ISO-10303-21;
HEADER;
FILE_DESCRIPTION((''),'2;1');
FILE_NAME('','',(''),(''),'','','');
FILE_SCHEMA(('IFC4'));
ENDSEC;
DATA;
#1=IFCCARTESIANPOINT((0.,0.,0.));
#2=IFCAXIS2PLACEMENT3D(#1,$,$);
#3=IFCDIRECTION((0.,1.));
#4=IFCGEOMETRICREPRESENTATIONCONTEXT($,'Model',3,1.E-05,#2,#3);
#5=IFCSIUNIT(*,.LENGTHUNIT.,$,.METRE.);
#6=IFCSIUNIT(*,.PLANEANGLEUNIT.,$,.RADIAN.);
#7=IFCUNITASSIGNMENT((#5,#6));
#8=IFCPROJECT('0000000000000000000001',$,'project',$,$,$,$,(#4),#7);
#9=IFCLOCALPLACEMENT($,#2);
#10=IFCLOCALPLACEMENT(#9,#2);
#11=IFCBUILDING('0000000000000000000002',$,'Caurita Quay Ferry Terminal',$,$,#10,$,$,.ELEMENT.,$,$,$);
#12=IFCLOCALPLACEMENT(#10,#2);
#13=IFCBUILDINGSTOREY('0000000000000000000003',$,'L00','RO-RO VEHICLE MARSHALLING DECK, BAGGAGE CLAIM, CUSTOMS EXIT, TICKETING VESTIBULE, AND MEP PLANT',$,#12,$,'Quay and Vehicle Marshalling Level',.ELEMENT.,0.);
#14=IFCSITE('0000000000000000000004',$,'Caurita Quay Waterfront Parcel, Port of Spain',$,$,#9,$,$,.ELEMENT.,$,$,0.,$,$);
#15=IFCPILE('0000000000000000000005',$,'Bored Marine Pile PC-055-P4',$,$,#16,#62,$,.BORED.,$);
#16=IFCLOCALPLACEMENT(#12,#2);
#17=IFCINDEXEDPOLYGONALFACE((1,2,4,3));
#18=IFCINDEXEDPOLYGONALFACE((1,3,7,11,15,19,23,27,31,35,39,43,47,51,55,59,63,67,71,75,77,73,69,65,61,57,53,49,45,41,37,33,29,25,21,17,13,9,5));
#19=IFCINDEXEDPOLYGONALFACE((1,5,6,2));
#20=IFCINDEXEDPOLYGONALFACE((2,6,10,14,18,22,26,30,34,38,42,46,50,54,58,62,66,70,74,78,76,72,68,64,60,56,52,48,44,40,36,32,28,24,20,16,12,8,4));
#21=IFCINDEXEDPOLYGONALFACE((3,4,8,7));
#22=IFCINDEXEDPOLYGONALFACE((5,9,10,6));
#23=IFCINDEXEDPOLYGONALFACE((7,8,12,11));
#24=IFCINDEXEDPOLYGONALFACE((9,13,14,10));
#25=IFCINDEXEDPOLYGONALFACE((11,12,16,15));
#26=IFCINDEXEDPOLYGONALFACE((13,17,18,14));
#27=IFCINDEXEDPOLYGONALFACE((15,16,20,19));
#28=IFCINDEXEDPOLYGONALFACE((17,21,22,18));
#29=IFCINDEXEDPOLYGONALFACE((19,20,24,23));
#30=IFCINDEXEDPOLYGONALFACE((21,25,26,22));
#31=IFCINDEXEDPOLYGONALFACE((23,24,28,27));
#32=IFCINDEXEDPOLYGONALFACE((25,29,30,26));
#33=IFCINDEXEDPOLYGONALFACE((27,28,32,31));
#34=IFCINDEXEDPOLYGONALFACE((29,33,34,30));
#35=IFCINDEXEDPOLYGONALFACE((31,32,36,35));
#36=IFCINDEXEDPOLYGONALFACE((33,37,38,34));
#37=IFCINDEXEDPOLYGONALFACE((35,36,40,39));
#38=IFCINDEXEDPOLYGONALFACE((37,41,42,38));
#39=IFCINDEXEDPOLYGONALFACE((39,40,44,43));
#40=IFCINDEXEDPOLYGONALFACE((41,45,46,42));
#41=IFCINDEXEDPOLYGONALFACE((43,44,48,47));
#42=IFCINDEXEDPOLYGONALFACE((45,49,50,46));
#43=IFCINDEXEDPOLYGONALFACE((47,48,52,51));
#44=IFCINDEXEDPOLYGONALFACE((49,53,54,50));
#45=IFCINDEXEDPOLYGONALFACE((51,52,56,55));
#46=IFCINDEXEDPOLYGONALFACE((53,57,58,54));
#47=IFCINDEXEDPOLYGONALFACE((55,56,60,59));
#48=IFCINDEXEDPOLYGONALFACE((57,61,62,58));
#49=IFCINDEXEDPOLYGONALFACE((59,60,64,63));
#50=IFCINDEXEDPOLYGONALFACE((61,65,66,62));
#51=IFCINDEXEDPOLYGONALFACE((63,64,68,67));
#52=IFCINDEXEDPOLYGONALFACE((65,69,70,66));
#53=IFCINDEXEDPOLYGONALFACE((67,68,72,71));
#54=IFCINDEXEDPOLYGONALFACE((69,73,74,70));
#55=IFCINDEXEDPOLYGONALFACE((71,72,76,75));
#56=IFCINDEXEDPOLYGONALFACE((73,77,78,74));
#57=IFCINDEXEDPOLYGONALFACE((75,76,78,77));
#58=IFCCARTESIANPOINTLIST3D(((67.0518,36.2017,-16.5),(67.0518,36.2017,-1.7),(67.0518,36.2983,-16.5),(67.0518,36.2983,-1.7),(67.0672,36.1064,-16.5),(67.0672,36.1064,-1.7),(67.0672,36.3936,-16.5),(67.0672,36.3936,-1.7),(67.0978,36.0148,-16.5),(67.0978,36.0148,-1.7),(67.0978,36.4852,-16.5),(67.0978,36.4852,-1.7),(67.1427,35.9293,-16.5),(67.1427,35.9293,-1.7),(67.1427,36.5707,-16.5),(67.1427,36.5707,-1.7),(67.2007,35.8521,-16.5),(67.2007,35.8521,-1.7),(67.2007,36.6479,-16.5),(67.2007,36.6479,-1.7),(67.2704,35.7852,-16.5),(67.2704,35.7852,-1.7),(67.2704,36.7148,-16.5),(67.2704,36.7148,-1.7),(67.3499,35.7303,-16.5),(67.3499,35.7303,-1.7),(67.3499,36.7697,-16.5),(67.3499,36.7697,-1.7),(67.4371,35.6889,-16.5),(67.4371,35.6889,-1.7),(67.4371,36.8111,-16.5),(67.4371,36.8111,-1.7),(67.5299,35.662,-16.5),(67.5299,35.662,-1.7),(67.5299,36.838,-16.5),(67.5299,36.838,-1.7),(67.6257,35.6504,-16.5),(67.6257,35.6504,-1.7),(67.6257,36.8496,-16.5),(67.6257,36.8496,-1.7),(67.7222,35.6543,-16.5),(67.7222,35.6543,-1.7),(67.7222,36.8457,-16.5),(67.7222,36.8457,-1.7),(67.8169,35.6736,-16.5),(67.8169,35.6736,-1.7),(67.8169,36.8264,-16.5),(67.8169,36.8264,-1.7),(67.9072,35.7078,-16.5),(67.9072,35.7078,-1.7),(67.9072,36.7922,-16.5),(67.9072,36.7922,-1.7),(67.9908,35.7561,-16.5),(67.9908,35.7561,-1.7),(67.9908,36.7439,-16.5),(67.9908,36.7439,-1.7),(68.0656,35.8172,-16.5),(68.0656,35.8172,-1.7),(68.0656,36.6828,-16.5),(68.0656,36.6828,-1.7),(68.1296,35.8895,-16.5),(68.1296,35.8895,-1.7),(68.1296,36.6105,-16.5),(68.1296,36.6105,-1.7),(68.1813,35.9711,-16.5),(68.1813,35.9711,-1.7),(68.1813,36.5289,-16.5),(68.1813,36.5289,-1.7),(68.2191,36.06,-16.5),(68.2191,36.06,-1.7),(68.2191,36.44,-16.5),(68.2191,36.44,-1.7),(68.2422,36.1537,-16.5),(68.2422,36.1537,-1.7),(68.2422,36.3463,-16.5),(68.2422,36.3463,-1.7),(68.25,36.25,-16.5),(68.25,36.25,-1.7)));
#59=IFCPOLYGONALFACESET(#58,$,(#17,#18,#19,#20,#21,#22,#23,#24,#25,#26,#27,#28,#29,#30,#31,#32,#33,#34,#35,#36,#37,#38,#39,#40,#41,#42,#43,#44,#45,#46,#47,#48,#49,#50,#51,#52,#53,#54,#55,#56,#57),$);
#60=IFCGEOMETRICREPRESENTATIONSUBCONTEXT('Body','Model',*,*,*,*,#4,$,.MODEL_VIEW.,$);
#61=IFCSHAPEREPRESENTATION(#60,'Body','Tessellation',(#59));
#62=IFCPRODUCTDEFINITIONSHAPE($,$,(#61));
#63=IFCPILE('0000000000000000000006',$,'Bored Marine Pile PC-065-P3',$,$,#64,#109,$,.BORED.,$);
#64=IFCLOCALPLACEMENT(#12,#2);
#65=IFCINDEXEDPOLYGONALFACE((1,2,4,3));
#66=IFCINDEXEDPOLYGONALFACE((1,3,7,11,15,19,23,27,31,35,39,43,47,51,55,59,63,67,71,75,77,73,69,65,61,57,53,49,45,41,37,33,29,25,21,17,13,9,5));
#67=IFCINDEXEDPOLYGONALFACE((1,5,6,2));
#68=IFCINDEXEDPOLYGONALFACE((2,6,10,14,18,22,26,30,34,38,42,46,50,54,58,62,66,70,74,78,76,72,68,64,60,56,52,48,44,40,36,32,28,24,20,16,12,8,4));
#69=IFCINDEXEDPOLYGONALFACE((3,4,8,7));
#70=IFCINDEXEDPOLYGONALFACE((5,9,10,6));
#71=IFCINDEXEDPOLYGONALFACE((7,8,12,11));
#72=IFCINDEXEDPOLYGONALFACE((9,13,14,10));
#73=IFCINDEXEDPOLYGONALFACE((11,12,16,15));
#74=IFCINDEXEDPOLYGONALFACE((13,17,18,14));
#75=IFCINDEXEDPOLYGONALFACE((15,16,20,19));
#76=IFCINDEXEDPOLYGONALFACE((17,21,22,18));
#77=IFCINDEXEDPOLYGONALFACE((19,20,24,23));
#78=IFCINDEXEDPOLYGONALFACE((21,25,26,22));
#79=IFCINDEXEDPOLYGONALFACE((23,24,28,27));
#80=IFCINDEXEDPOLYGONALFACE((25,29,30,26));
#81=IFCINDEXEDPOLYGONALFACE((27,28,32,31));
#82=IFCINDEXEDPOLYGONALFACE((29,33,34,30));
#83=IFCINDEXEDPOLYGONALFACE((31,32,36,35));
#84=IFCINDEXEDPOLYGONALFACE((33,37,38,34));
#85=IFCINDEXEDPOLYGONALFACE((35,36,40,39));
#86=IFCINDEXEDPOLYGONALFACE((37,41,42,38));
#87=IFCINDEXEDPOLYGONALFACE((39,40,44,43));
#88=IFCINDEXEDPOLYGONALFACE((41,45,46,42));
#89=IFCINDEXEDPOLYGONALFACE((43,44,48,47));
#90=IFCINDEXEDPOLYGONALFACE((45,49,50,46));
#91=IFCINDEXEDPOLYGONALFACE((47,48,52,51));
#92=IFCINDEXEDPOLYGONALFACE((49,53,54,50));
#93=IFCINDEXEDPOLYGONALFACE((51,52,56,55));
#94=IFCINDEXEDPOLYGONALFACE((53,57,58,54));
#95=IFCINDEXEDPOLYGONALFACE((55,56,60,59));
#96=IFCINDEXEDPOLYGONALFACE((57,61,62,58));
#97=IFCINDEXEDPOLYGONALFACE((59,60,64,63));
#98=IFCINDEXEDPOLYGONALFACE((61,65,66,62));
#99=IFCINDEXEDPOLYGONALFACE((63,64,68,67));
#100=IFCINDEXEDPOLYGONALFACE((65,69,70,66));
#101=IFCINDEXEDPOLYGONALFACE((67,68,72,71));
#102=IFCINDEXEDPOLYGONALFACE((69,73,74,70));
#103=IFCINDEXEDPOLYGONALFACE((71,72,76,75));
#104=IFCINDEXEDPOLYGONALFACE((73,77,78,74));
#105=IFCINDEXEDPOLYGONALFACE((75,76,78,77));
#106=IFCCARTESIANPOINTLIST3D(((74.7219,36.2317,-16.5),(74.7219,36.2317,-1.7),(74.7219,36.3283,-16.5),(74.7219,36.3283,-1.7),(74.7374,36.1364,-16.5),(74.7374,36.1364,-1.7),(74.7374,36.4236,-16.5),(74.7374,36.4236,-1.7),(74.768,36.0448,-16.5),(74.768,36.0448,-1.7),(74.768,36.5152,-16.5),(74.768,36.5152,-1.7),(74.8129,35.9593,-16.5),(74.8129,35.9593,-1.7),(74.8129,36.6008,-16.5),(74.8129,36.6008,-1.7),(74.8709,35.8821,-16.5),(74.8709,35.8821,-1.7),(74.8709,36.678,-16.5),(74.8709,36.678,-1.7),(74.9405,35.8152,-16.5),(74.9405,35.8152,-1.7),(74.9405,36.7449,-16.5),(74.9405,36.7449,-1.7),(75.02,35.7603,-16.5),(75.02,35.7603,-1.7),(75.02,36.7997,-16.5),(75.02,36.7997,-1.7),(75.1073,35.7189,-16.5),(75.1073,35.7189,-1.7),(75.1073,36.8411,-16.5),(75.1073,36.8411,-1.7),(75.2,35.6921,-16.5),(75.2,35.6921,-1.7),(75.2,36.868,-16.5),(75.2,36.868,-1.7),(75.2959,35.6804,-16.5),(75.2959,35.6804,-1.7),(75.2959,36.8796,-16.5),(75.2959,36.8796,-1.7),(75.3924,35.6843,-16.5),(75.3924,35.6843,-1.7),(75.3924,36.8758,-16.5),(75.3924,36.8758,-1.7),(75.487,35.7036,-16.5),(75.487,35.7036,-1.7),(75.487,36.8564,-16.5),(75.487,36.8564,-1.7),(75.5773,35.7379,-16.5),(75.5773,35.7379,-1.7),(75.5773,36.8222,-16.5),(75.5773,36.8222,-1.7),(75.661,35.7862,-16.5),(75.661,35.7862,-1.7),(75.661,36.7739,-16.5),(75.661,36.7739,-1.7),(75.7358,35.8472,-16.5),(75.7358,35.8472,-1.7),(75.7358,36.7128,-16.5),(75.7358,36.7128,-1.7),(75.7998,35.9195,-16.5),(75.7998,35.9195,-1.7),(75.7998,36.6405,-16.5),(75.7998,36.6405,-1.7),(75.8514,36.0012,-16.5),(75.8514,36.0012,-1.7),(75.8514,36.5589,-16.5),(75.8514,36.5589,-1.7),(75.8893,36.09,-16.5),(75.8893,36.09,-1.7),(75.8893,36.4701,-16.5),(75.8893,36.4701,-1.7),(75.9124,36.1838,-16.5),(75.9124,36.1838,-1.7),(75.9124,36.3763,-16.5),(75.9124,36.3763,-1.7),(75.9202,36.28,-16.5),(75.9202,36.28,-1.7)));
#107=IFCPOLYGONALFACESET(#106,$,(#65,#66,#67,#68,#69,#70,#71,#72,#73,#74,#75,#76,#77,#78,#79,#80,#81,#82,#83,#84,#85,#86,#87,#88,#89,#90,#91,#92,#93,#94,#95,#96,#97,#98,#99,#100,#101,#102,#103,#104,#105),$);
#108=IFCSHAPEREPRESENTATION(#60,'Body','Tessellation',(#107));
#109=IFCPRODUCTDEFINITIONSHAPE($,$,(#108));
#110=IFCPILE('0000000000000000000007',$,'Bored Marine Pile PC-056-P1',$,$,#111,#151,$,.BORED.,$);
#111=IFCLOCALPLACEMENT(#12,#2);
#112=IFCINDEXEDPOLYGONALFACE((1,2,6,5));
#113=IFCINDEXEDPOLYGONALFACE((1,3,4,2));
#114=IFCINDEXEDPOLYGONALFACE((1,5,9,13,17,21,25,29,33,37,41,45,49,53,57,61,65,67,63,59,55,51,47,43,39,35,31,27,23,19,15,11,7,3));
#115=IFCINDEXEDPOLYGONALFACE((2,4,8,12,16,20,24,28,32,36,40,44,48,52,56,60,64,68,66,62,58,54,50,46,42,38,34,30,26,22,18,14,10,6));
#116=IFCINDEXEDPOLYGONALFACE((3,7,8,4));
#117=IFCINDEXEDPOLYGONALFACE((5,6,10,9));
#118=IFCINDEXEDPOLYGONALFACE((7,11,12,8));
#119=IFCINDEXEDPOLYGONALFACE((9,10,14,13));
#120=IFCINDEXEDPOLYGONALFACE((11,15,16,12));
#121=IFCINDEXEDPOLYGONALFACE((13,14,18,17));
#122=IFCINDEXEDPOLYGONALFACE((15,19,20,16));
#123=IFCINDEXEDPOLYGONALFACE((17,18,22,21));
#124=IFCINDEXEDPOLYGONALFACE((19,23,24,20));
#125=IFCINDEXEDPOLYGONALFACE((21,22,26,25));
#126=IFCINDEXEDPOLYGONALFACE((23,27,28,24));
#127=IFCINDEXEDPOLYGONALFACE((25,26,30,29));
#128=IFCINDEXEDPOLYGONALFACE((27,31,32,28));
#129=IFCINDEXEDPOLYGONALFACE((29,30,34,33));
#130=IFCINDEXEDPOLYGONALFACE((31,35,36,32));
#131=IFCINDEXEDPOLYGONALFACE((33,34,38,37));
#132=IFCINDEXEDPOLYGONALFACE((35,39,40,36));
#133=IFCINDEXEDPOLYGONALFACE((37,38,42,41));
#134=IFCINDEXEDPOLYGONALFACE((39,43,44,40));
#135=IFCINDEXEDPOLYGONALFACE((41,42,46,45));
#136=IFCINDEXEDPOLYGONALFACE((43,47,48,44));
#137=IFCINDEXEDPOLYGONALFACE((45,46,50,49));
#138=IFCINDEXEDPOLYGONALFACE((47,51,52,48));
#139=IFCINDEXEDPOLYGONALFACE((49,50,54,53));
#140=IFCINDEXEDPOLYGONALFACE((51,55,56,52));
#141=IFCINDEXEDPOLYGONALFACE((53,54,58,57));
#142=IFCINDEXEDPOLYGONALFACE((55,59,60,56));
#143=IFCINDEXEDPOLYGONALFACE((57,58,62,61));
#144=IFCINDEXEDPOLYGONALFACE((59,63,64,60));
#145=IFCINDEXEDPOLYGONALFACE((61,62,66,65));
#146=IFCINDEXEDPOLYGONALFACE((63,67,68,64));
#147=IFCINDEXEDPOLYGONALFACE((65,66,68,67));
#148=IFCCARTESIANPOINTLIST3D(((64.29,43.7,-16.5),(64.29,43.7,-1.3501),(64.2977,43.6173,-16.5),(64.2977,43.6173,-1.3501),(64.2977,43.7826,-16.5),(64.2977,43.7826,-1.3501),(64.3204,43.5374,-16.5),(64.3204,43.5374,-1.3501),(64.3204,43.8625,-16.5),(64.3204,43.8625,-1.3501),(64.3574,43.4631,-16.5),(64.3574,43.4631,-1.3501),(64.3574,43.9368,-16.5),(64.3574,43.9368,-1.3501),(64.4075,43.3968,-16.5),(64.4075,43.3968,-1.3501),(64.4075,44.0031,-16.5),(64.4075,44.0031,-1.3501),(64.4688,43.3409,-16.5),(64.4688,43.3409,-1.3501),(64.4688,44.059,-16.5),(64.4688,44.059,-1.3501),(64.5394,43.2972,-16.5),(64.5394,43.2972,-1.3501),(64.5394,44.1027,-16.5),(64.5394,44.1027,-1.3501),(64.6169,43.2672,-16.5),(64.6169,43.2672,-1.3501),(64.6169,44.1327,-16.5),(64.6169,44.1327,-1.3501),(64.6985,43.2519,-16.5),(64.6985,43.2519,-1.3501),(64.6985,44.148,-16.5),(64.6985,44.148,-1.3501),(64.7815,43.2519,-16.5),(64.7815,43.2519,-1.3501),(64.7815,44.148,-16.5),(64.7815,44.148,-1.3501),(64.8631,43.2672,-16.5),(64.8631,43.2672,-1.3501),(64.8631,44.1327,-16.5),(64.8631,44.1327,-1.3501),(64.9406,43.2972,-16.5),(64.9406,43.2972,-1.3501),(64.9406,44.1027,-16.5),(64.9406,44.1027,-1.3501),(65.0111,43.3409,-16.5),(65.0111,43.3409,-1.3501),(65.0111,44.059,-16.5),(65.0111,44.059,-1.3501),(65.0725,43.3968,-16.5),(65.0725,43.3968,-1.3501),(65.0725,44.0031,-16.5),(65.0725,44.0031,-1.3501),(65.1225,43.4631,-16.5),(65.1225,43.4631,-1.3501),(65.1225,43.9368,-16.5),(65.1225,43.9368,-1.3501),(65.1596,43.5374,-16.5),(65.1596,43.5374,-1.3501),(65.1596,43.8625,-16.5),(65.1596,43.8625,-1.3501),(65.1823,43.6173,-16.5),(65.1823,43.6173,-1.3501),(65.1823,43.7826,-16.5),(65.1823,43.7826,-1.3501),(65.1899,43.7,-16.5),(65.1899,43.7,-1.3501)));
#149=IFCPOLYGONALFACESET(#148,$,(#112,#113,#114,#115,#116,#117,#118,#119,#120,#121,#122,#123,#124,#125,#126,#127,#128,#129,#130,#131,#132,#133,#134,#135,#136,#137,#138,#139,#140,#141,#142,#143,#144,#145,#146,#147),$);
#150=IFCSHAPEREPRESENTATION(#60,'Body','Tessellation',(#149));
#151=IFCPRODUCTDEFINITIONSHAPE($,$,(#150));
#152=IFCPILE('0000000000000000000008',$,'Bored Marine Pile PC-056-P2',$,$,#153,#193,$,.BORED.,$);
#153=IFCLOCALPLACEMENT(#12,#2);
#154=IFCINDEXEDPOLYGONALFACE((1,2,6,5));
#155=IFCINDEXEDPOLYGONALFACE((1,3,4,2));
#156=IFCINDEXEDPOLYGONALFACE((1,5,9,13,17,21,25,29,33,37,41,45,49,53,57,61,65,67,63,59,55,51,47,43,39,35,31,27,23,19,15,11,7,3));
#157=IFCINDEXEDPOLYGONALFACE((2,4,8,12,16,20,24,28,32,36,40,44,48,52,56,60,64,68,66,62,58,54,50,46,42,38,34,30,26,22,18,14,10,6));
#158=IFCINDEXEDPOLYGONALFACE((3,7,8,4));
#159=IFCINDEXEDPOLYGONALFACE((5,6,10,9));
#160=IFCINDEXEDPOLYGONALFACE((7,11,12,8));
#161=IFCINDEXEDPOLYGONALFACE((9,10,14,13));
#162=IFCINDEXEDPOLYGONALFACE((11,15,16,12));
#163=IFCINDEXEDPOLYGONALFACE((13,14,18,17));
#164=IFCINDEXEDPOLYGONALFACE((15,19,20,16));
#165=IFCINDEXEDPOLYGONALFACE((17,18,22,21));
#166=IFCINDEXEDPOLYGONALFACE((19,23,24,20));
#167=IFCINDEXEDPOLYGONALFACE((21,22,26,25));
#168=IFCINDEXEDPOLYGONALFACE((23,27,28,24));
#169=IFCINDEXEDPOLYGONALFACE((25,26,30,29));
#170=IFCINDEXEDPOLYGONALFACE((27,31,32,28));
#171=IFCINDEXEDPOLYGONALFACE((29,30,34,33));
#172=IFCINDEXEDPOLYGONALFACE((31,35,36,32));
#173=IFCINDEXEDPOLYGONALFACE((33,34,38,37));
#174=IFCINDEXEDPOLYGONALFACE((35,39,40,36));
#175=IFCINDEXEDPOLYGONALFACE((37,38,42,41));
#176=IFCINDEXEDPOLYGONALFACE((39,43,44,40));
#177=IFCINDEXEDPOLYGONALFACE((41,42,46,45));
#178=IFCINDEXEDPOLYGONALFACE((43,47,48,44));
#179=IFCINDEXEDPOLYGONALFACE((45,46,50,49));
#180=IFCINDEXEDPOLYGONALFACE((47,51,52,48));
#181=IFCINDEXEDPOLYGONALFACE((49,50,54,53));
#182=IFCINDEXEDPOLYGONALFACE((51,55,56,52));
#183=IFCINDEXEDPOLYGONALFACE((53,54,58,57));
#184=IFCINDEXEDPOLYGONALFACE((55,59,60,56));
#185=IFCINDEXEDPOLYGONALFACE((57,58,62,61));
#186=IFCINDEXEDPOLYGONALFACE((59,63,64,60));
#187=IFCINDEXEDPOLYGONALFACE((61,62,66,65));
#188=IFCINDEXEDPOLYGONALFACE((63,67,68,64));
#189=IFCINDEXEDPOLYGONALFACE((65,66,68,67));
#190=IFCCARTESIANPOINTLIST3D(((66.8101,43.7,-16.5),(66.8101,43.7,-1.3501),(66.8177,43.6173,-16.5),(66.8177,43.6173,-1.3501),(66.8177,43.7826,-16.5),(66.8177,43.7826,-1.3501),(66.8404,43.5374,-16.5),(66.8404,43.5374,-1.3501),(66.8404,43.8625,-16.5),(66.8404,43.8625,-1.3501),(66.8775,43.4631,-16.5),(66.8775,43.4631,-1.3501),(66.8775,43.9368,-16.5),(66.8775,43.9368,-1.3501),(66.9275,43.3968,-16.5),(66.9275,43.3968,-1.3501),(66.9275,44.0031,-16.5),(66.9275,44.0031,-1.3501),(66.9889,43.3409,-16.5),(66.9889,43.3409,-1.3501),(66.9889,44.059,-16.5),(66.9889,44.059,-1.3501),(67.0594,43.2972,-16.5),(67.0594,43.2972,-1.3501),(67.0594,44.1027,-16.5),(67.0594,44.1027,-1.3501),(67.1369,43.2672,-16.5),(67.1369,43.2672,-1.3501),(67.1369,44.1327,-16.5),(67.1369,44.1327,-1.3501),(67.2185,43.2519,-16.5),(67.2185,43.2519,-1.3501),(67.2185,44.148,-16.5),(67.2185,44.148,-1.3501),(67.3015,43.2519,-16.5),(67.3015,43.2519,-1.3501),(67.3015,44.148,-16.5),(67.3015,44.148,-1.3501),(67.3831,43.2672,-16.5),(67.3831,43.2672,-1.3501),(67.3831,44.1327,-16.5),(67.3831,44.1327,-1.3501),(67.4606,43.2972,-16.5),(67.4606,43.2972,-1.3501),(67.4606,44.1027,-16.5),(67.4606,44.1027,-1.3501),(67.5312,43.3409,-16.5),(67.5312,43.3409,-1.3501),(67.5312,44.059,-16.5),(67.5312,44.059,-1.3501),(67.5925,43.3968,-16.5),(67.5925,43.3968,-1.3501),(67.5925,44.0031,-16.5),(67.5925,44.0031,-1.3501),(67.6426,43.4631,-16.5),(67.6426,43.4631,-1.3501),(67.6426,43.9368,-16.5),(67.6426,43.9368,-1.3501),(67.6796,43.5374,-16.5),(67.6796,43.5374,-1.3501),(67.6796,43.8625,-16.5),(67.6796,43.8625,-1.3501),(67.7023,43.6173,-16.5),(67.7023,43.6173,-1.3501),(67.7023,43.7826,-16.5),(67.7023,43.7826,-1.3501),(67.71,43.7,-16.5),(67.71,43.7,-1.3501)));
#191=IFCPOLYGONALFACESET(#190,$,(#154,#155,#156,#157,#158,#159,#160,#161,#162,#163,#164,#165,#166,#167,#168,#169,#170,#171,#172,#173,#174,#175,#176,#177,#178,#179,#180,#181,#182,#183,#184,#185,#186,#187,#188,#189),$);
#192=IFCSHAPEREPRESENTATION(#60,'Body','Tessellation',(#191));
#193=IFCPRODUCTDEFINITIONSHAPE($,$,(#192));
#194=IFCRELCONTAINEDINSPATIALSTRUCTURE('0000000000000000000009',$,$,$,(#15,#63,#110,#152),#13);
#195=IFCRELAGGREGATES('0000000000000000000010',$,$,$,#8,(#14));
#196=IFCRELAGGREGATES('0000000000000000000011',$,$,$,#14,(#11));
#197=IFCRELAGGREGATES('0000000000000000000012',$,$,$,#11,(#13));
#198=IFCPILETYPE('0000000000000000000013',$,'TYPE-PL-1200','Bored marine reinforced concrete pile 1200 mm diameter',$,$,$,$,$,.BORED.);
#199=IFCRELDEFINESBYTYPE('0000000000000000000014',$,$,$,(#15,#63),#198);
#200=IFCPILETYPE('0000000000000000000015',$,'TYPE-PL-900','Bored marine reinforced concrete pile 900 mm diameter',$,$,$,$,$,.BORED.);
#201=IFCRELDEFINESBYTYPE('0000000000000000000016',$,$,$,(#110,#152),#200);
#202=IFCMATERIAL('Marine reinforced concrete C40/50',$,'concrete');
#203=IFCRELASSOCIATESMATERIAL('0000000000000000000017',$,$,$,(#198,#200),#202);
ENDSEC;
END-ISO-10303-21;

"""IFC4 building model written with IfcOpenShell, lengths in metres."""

from ifc_helpers import new_model, si_unit, direction, frame, origin, origin_2d, place, context, subcontext, project, spatial, circle, extrude, material, material_profile, profile_set, type_object, element, save


model = new_model("IFC4")

# Units and contexts
model_context = context("Model", 3, precision=1e-05, world=origin(), true_north=direction((0.0, 1.0)))
body_context = subcontext(model_context, "Body", "Model", "MODEL_VIEW")
ifc_project = project(units=[si_unit("LENGTHUNIT", "METRE"), si_unit("PLANEANGLEUNIT", "RADIAN")], contexts=[model_context])

# Site, building, storey
site_placement = place(None, origin())
site = spatial("IfcSite", under=ifc_project, at=site_placement, Name="Caurita Quay Waterfront Parcel, Port of Spain", CompositionType="ELEMENT", RefElevation=0.0)
building_placement = place(site_placement, origin())
building = spatial("IfcBuilding", under=site, at=building_placement, Name="Caurita Quay Ferry Terminal", CompositionType="ELEMENT")
storey_placement = place(building_placement, origin())
storey = spatial("IfcBuildingStorey", under=building, at=storey_placement, Name="L00", Description="RO-RO VEHICLE MARSHALLING DECK, BAGGAGE CLAIM, CUSTOMS EXIT, TICKETING VESTIBULE, AND MEP PLANT", LongName="Quay and Vehicle Marshalling Level", CompositionType="ELEMENT", Elevation=0.0)

# Piles
ifc_material_1 = material(Name="Marine reinforced concrete C40/50", Category="concrete")
ifc_material_profile_1 = material_profile(ifc_material_1, circle(Radius=0.6001, at=origin_2d()), Name="PILE-D1200")
ifc_profile_set_1 = profile_set([ifc_material_profile_1], Name="Marine reinforced concrete C40/50")
pile_type_1 = type_object("IfcPileType", Name="TYPE-PL-1200", Description="Bored marine reinforced concrete pile 1200 mm diameter", PredefinedType="BORED", material=ifc_profile_set_1)
for number, where, z_axis, x_axis, name in (
    (1, (67.6499, 36.25, -1.7), (0.0, 0.0, -1.0), (1.0, 0.0, 0.0), "Bored Marine Pile PC-055-P4"),
    (2, (75.3201, 36.28, -1.7), (0.0, 0.0, -1.0), (1.0, 0.0, 0.0), "Bored Marine Pile PC-065-P3"),
):
    element("IfcPile", number, at=place(storey_placement, frame(where, z_axis=z_axis, x_axis=x_axis)), inside=storey, type_object=pile_type_1, Name=name, PredefinedType="BORED", context=body_context, shape_type="SweptSolid", body=[
        extrude(circle(Radius=0.6001, at=origin_2d()), origin(), (0.0, 0.0, 1.0), 14.8),
    ])
ifc_material_profile_2 = material_profile(ifc_material_1, circle(Radius=0.45, at=origin_2d()), Name="PILE-D900")
ifc_profile_set_2 = profile_set([ifc_material_profile_2], Name="Marine reinforced concrete C40/50")
pile_type_2 = type_object("IfcPileType", Name="TYPE-PL-900", Description="Bored marine reinforced concrete pile 900 mm diameter", PredefinedType="BORED", material=ifc_profile_set_2)
for number, where, z_axis, x_axis, name in (
    (3, (64.74, 43.7, -1.3501), (0.0, 0.0, -1.0), (1.0, 0.0, 0.0), "Bored Marine Pile PC-056-P1"),
    (4, (67.26, 43.7, -1.3501), (0.0, 0.0, -1.0), (1.0, 0.0, 0.0), "Bored Marine Pile PC-056-P2"),
):
    element("IfcPile", number, at=place(storey_placement, frame(where, z_axis=z_axis, x_axis=x_axis)), inside=storey, type_object=pile_type_2, Name=name, PredefinedType="BORED", context=body_context, shape_type="SweptSolid", body=[
        extrude(circle(Radius=0.45, at=origin_2d()), origin(), (0.0, 0.0, 1.0), 15.1499),
    ])

save(model, "model.ifc")
